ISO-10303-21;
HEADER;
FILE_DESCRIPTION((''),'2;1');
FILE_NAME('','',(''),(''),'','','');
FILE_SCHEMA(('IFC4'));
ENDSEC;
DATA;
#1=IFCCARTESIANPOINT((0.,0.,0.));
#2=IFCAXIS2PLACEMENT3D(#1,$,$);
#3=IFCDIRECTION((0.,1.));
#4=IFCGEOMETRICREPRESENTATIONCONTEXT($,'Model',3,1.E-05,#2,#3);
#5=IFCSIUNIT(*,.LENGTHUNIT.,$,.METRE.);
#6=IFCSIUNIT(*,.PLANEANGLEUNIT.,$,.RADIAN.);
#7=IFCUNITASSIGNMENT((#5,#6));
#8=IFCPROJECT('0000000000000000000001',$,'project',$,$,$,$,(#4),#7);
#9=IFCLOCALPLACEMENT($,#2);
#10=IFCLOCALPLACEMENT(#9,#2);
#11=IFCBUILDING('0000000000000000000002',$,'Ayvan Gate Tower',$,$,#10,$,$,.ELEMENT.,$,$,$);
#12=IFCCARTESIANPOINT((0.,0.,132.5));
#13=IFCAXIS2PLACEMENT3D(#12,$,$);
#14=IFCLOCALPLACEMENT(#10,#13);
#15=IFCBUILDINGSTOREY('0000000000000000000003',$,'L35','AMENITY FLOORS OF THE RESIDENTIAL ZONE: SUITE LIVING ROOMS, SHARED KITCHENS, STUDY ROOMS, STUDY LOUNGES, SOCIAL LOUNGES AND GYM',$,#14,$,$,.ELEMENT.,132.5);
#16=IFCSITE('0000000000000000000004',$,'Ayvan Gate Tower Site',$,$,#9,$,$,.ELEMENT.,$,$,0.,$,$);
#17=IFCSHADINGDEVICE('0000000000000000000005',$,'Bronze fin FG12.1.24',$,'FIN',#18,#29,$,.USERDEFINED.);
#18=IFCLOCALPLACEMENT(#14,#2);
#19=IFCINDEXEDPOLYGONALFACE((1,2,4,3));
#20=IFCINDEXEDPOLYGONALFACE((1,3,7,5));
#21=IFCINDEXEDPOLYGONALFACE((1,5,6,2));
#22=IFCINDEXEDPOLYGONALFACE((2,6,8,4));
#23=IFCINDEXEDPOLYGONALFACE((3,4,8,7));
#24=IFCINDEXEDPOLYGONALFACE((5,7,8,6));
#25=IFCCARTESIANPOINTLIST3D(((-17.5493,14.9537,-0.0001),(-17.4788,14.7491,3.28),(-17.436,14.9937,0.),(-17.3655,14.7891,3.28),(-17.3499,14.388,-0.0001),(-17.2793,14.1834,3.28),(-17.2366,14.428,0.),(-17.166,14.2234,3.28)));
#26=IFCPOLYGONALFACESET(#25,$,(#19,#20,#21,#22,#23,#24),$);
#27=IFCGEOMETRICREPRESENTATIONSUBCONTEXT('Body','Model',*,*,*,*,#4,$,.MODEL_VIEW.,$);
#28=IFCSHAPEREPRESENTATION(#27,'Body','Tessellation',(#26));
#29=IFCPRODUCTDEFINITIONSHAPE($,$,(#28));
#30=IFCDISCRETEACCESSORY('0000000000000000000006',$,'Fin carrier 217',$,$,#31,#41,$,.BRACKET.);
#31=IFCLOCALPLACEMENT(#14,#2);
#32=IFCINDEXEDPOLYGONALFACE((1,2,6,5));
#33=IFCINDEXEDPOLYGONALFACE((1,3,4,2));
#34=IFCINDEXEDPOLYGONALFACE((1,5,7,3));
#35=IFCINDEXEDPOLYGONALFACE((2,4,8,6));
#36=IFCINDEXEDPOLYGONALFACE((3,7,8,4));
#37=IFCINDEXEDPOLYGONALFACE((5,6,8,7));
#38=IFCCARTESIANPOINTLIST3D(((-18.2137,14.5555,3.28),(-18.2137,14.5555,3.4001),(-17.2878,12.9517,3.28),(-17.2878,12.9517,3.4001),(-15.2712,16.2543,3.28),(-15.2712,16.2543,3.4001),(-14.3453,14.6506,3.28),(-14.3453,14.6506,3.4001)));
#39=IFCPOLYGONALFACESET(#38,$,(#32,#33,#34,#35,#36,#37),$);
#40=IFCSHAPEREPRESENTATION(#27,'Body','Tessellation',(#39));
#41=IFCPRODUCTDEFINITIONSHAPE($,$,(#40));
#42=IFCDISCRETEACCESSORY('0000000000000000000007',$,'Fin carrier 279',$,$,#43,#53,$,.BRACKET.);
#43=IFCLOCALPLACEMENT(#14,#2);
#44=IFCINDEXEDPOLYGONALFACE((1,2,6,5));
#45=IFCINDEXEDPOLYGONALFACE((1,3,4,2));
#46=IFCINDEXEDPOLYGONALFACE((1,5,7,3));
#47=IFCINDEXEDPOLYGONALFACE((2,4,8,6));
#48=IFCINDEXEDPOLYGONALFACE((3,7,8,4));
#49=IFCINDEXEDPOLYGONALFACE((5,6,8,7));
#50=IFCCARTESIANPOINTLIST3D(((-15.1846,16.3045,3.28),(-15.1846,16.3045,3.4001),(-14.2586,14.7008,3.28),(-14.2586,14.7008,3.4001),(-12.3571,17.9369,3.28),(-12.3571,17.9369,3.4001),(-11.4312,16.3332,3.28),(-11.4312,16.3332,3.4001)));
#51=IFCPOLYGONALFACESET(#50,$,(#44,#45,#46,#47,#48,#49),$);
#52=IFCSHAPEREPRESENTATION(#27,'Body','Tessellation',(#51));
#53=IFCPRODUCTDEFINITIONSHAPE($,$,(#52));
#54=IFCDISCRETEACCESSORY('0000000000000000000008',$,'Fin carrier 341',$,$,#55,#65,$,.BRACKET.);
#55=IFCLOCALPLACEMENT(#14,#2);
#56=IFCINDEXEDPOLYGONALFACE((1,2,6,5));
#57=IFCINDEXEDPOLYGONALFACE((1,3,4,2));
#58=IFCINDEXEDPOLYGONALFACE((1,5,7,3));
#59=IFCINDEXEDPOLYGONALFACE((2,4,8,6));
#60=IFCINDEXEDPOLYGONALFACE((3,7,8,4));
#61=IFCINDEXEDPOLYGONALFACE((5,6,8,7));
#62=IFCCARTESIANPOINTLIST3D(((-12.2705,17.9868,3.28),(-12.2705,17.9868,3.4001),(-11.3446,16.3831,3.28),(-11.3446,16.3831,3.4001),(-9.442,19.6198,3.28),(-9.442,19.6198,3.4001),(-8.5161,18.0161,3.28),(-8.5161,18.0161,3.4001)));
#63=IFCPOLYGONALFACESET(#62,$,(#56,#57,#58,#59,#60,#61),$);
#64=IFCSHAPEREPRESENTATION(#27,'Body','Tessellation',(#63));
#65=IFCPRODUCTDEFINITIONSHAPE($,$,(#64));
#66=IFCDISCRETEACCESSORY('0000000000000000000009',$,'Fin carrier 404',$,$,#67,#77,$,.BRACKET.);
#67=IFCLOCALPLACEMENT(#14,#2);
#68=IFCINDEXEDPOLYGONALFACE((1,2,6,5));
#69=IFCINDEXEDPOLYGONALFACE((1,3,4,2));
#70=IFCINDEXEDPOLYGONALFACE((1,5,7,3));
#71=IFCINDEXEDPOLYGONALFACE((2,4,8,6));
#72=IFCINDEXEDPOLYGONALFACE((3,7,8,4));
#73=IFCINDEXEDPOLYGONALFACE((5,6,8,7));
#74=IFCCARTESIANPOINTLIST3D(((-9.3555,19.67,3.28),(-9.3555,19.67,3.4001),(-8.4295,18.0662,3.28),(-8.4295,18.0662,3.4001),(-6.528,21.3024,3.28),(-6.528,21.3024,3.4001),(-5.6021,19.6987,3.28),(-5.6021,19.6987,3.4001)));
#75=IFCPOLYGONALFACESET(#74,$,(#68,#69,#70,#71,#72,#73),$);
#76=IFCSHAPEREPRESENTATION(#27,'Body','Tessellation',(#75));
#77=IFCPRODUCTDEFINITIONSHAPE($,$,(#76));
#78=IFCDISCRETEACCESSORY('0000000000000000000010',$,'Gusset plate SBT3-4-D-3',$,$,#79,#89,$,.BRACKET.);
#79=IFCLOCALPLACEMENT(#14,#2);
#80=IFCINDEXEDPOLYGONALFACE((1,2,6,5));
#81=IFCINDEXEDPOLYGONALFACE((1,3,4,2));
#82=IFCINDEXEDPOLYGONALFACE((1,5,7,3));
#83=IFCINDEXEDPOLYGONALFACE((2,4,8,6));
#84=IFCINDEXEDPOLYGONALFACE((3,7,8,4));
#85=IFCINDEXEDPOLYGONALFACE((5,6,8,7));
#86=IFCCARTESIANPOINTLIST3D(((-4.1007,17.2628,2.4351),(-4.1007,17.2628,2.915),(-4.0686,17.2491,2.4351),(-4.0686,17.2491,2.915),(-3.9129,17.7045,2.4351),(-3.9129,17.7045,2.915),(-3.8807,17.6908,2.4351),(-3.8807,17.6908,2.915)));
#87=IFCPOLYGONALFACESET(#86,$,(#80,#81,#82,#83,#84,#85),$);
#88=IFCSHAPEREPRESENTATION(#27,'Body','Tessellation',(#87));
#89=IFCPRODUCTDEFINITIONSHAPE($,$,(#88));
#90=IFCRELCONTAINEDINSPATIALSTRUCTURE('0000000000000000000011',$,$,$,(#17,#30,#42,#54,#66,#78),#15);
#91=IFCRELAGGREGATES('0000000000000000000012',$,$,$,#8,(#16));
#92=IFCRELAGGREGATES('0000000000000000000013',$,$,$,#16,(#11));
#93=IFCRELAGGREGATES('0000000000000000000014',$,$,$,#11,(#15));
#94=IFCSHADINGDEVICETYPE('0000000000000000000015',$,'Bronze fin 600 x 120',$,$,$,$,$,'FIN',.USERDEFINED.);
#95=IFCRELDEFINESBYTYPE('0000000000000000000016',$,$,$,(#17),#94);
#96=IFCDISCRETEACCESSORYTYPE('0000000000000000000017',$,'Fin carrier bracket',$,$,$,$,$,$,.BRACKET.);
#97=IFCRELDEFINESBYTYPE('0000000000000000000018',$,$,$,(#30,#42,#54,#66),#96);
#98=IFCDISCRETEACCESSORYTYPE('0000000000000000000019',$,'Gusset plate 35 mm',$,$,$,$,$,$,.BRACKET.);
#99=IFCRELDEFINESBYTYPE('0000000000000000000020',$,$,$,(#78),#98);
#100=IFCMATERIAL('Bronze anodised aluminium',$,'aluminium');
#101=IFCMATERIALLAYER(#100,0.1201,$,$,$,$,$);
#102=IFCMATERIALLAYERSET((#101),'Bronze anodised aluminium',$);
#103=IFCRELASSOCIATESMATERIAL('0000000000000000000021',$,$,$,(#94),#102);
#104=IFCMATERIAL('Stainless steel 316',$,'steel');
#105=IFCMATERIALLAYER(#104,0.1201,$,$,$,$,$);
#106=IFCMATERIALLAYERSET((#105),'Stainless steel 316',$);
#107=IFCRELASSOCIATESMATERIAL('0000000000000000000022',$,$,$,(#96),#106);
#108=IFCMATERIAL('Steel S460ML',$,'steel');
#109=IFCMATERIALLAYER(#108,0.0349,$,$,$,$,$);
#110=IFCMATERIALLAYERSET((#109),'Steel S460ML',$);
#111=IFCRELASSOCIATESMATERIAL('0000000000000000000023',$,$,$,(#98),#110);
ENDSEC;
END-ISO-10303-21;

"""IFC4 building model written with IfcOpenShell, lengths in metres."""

from ifc_helpers import new_model, si_unit, direction, frame, origin, origin_2d, place, context, subcontext, project, spatial, polyline, rectangle, outline, extrude, material, layer, layer_set, type_object, element, save


model = new_model("IFC4")

# Units and contexts
model_context = context("Model", 3, precision=1e-05, world=origin(), true_north=direction((0.0, 1.0)))
body_context = subcontext(model_context, "Body", "Model", "MODEL_VIEW")
ifc_project = project(units=[si_unit("LENGTHUNIT", "METRE"), si_unit("PLANEANGLEUNIT", "RADIAN")], contexts=[model_context])

# Site, building, storey
site_placement = place(None, origin())
site = spatial("IfcSite", under=ifc_project, at=site_placement, Name="Ayvan Gate Tower Site", CompositionType="ELEMENT", RefElevation=0.0)
building_placement = place(site_placement, origin())
building = spatial("IfcBuilding", under=site, at=building_placement, Name="Ayvan Gate Tower", CompositionType="ELEMENT")
storey_placement = place(building_placement, frame((0.0, 0.0, 132.5)))
storey = spatial("IfcBuildingStorey", under=building, at=storey_placement, Name="L35", Description="AMENITY FLOORS OF THE RESIDENTIAL ZONE: SUITE LIVING ROOMS, SHARED KITCHENS, STUDY ROOMS, STUDY LOUNGES, SOCIAL LOUNGES AND GYM", CompositionType="ELEMENT", Elevation=132.5)

# Shared definitions
ifc_material_1 = material(Name="Bronze anodised aluminium", Category="aluminium")

# Shading device
ifc_layer_1 = layer(ifc_material_1, 0.1201)
ifc_layer_set_1 = layer_set([ifc_layer_1], Name="Bronze anodised aluminium")
shading_device_type = type_object("IfcShadingDeviceType", Name="Bronze fin 600 x 120", ElementType="FIN", PredefinedType="USERDEFINED", material=ifc_layer_set_1)
shading_device_1_placement = place(storey_placement, frame((-17.2366, 14.428, 0.0), z_axis=(0.943088, 0.332543, 0.000455), x_axis=(-0.332543, 0.943088, 0.0)))
element("IfcShadingDevice", 1, at=shading_device_1_placement, inside=storey, type_object=shading_device_type, Name="Bronze fin FG12.1.24", ObjectType="FIN", PredefinedType="USERDEFINED", context=body_context, shape_type="SweptSolid", body=[
    extrude(outline(polyline([(0.0, 0.0), (0.5998, 0.0), (0.3834, 3.28), (-0.2164, 3.28), (0.0, 0.0)])), origin(), (0.0, 0.0, -1.0), 0.1201),
])

# Discrete accessories
ifc_material_2 = material(Name="Stainless steel 316", Category="steel")
ifc_layer_2 = layer(ifc_material_2, 0.1201)
ifc_layer_set_2 = layer_set([ifc_layer_2], Name="Stainless steel 316")
discrete_accessory_type_1 = type_object("IfcDiscreteAccessoryType", Name="Fin carrier bracket", PredefinedType="BRACKET", material=ifc_layer_set_2)
discrete_accessory_1_placement = place(storey_placement, frame((-16.2795, 14.603, 3.28), z_axis=(0.0, 0.0, 1.0), x_axis=(-0.866025, -0.5, 0.0)))
element("IfcDiscreteAccessory", 2, at=discrete_accessory_1_placement, inside=storey, type_object=discrete_accessory_type_1, Name="Fin carrier 217", PredefinedType="BRACKET", context=body_context, shape_type="SweptSolid", body=[
    extrude(rectangle(XDim=3.3977, YDim=1.8518, at=origin_2d()), origin(), (0.0, 0.0, 1.0), 0.1201),
])
discrete_accessory_2_placement = place(storey_placement, frame((-13.3079, 16.3188, 3.28), z_axis=(0.0, 0.0, 1.0), x_axis=(-0.866025, -0.5, 0.0)))
element("IfcDiscreteAccessory", 3, at=discrete_accessory_2_placement, inside=storey, type_object=discrete_accessory_type_1, Name="Fin carrier 279", PredefinedType="BRACKET", context=body_context, shape_type="SweptSolid", body=[
    extrude(rectangle(XDim=3.2649, YDim=1.8518, at=origin_2d()), origin(), (0.0, 0.0, 1.0), 0.1201),
])
discrete_accessory_3_placement = place(storey_placement, frame((-10.3933, 18.0015, 3.28), z_axis=(0.0, 0.0, 1.0), x_axis=(-0.866025, -0.5, 0.0)))
element("IfcDiscreteAccessory", 4, at=discrete_accessory_3_placement, inside=storey, type_object=discrete_accessory_type_1, Name="Fin carrier 341", PredefinedType="BRACKET", context=body_context, shape_type="SweptSolid", body=[
    extrude(rectangle(XDim=3.2661, YDim=1.8518, at=origin_2d()), origin(), (0.0, 0.0, 1.0), 0.1201),
])
discrete_accessory_4_placement = place(storey_placement, frame((-7.4788, 19.6843, 3.28), z_axis=(0.0, 0.0, 1.0), x_axis=(-0.866025, -0.5, 0.0)))
element("IfcDiscreteAccessory", 5, at=discrete_accessory_4_placement, inside=storey, type_object=discrete_accessory_type_1, Name="Fin carrier 404", PredefinedType="BRACKET", context=body_context, shape_type="SweptSolid", body=[
    extrude(rectangle(XDim=3.2649, YDim=1.8518, at=origin_2d()), origin(), (0.0, 0.0, 1.0), 0.1201),
])
ifc_material_3 = material(Name="Steel S460ML", Category="steel")
ifc_layer_3 = layer(ifc_material_3, 0.0349)
ifc_layer_set_3 = layer_set([ifc_layer_3], Name="Steel S460ML")
discrete_accessory_type_2 = type_object("IfcDiscreteAccessoryType", Name="Gusset plate 35 mm", PredefinedType="BRACKET", material=ifc_layer_set_3)
discrete_accessory_5_placement = place(storey_placement, frame((-3.9907, 17.4768, 2.4351), z_axis=(0.0, 0.0, 1.0), x_axis=(0.391324, 0.920253, 0.0)))
element("IfcDiscreteAccessory", 6, at=discrete_accessory_5_placement, inside=storey, type_object=discrete_accessory_type_2, Name="Gusset plate SBT3-4-D-3", PredefinedType="BRACKET", context=body_context, shape_type="SweptSolid", body=[
    extrude(rectangle(XDim=0.48, YDim=0.0349, at=origin_2d()), origin(), (0.0, 0.0, 1.0), 0.48),
])

save(model, "model.ifc")
